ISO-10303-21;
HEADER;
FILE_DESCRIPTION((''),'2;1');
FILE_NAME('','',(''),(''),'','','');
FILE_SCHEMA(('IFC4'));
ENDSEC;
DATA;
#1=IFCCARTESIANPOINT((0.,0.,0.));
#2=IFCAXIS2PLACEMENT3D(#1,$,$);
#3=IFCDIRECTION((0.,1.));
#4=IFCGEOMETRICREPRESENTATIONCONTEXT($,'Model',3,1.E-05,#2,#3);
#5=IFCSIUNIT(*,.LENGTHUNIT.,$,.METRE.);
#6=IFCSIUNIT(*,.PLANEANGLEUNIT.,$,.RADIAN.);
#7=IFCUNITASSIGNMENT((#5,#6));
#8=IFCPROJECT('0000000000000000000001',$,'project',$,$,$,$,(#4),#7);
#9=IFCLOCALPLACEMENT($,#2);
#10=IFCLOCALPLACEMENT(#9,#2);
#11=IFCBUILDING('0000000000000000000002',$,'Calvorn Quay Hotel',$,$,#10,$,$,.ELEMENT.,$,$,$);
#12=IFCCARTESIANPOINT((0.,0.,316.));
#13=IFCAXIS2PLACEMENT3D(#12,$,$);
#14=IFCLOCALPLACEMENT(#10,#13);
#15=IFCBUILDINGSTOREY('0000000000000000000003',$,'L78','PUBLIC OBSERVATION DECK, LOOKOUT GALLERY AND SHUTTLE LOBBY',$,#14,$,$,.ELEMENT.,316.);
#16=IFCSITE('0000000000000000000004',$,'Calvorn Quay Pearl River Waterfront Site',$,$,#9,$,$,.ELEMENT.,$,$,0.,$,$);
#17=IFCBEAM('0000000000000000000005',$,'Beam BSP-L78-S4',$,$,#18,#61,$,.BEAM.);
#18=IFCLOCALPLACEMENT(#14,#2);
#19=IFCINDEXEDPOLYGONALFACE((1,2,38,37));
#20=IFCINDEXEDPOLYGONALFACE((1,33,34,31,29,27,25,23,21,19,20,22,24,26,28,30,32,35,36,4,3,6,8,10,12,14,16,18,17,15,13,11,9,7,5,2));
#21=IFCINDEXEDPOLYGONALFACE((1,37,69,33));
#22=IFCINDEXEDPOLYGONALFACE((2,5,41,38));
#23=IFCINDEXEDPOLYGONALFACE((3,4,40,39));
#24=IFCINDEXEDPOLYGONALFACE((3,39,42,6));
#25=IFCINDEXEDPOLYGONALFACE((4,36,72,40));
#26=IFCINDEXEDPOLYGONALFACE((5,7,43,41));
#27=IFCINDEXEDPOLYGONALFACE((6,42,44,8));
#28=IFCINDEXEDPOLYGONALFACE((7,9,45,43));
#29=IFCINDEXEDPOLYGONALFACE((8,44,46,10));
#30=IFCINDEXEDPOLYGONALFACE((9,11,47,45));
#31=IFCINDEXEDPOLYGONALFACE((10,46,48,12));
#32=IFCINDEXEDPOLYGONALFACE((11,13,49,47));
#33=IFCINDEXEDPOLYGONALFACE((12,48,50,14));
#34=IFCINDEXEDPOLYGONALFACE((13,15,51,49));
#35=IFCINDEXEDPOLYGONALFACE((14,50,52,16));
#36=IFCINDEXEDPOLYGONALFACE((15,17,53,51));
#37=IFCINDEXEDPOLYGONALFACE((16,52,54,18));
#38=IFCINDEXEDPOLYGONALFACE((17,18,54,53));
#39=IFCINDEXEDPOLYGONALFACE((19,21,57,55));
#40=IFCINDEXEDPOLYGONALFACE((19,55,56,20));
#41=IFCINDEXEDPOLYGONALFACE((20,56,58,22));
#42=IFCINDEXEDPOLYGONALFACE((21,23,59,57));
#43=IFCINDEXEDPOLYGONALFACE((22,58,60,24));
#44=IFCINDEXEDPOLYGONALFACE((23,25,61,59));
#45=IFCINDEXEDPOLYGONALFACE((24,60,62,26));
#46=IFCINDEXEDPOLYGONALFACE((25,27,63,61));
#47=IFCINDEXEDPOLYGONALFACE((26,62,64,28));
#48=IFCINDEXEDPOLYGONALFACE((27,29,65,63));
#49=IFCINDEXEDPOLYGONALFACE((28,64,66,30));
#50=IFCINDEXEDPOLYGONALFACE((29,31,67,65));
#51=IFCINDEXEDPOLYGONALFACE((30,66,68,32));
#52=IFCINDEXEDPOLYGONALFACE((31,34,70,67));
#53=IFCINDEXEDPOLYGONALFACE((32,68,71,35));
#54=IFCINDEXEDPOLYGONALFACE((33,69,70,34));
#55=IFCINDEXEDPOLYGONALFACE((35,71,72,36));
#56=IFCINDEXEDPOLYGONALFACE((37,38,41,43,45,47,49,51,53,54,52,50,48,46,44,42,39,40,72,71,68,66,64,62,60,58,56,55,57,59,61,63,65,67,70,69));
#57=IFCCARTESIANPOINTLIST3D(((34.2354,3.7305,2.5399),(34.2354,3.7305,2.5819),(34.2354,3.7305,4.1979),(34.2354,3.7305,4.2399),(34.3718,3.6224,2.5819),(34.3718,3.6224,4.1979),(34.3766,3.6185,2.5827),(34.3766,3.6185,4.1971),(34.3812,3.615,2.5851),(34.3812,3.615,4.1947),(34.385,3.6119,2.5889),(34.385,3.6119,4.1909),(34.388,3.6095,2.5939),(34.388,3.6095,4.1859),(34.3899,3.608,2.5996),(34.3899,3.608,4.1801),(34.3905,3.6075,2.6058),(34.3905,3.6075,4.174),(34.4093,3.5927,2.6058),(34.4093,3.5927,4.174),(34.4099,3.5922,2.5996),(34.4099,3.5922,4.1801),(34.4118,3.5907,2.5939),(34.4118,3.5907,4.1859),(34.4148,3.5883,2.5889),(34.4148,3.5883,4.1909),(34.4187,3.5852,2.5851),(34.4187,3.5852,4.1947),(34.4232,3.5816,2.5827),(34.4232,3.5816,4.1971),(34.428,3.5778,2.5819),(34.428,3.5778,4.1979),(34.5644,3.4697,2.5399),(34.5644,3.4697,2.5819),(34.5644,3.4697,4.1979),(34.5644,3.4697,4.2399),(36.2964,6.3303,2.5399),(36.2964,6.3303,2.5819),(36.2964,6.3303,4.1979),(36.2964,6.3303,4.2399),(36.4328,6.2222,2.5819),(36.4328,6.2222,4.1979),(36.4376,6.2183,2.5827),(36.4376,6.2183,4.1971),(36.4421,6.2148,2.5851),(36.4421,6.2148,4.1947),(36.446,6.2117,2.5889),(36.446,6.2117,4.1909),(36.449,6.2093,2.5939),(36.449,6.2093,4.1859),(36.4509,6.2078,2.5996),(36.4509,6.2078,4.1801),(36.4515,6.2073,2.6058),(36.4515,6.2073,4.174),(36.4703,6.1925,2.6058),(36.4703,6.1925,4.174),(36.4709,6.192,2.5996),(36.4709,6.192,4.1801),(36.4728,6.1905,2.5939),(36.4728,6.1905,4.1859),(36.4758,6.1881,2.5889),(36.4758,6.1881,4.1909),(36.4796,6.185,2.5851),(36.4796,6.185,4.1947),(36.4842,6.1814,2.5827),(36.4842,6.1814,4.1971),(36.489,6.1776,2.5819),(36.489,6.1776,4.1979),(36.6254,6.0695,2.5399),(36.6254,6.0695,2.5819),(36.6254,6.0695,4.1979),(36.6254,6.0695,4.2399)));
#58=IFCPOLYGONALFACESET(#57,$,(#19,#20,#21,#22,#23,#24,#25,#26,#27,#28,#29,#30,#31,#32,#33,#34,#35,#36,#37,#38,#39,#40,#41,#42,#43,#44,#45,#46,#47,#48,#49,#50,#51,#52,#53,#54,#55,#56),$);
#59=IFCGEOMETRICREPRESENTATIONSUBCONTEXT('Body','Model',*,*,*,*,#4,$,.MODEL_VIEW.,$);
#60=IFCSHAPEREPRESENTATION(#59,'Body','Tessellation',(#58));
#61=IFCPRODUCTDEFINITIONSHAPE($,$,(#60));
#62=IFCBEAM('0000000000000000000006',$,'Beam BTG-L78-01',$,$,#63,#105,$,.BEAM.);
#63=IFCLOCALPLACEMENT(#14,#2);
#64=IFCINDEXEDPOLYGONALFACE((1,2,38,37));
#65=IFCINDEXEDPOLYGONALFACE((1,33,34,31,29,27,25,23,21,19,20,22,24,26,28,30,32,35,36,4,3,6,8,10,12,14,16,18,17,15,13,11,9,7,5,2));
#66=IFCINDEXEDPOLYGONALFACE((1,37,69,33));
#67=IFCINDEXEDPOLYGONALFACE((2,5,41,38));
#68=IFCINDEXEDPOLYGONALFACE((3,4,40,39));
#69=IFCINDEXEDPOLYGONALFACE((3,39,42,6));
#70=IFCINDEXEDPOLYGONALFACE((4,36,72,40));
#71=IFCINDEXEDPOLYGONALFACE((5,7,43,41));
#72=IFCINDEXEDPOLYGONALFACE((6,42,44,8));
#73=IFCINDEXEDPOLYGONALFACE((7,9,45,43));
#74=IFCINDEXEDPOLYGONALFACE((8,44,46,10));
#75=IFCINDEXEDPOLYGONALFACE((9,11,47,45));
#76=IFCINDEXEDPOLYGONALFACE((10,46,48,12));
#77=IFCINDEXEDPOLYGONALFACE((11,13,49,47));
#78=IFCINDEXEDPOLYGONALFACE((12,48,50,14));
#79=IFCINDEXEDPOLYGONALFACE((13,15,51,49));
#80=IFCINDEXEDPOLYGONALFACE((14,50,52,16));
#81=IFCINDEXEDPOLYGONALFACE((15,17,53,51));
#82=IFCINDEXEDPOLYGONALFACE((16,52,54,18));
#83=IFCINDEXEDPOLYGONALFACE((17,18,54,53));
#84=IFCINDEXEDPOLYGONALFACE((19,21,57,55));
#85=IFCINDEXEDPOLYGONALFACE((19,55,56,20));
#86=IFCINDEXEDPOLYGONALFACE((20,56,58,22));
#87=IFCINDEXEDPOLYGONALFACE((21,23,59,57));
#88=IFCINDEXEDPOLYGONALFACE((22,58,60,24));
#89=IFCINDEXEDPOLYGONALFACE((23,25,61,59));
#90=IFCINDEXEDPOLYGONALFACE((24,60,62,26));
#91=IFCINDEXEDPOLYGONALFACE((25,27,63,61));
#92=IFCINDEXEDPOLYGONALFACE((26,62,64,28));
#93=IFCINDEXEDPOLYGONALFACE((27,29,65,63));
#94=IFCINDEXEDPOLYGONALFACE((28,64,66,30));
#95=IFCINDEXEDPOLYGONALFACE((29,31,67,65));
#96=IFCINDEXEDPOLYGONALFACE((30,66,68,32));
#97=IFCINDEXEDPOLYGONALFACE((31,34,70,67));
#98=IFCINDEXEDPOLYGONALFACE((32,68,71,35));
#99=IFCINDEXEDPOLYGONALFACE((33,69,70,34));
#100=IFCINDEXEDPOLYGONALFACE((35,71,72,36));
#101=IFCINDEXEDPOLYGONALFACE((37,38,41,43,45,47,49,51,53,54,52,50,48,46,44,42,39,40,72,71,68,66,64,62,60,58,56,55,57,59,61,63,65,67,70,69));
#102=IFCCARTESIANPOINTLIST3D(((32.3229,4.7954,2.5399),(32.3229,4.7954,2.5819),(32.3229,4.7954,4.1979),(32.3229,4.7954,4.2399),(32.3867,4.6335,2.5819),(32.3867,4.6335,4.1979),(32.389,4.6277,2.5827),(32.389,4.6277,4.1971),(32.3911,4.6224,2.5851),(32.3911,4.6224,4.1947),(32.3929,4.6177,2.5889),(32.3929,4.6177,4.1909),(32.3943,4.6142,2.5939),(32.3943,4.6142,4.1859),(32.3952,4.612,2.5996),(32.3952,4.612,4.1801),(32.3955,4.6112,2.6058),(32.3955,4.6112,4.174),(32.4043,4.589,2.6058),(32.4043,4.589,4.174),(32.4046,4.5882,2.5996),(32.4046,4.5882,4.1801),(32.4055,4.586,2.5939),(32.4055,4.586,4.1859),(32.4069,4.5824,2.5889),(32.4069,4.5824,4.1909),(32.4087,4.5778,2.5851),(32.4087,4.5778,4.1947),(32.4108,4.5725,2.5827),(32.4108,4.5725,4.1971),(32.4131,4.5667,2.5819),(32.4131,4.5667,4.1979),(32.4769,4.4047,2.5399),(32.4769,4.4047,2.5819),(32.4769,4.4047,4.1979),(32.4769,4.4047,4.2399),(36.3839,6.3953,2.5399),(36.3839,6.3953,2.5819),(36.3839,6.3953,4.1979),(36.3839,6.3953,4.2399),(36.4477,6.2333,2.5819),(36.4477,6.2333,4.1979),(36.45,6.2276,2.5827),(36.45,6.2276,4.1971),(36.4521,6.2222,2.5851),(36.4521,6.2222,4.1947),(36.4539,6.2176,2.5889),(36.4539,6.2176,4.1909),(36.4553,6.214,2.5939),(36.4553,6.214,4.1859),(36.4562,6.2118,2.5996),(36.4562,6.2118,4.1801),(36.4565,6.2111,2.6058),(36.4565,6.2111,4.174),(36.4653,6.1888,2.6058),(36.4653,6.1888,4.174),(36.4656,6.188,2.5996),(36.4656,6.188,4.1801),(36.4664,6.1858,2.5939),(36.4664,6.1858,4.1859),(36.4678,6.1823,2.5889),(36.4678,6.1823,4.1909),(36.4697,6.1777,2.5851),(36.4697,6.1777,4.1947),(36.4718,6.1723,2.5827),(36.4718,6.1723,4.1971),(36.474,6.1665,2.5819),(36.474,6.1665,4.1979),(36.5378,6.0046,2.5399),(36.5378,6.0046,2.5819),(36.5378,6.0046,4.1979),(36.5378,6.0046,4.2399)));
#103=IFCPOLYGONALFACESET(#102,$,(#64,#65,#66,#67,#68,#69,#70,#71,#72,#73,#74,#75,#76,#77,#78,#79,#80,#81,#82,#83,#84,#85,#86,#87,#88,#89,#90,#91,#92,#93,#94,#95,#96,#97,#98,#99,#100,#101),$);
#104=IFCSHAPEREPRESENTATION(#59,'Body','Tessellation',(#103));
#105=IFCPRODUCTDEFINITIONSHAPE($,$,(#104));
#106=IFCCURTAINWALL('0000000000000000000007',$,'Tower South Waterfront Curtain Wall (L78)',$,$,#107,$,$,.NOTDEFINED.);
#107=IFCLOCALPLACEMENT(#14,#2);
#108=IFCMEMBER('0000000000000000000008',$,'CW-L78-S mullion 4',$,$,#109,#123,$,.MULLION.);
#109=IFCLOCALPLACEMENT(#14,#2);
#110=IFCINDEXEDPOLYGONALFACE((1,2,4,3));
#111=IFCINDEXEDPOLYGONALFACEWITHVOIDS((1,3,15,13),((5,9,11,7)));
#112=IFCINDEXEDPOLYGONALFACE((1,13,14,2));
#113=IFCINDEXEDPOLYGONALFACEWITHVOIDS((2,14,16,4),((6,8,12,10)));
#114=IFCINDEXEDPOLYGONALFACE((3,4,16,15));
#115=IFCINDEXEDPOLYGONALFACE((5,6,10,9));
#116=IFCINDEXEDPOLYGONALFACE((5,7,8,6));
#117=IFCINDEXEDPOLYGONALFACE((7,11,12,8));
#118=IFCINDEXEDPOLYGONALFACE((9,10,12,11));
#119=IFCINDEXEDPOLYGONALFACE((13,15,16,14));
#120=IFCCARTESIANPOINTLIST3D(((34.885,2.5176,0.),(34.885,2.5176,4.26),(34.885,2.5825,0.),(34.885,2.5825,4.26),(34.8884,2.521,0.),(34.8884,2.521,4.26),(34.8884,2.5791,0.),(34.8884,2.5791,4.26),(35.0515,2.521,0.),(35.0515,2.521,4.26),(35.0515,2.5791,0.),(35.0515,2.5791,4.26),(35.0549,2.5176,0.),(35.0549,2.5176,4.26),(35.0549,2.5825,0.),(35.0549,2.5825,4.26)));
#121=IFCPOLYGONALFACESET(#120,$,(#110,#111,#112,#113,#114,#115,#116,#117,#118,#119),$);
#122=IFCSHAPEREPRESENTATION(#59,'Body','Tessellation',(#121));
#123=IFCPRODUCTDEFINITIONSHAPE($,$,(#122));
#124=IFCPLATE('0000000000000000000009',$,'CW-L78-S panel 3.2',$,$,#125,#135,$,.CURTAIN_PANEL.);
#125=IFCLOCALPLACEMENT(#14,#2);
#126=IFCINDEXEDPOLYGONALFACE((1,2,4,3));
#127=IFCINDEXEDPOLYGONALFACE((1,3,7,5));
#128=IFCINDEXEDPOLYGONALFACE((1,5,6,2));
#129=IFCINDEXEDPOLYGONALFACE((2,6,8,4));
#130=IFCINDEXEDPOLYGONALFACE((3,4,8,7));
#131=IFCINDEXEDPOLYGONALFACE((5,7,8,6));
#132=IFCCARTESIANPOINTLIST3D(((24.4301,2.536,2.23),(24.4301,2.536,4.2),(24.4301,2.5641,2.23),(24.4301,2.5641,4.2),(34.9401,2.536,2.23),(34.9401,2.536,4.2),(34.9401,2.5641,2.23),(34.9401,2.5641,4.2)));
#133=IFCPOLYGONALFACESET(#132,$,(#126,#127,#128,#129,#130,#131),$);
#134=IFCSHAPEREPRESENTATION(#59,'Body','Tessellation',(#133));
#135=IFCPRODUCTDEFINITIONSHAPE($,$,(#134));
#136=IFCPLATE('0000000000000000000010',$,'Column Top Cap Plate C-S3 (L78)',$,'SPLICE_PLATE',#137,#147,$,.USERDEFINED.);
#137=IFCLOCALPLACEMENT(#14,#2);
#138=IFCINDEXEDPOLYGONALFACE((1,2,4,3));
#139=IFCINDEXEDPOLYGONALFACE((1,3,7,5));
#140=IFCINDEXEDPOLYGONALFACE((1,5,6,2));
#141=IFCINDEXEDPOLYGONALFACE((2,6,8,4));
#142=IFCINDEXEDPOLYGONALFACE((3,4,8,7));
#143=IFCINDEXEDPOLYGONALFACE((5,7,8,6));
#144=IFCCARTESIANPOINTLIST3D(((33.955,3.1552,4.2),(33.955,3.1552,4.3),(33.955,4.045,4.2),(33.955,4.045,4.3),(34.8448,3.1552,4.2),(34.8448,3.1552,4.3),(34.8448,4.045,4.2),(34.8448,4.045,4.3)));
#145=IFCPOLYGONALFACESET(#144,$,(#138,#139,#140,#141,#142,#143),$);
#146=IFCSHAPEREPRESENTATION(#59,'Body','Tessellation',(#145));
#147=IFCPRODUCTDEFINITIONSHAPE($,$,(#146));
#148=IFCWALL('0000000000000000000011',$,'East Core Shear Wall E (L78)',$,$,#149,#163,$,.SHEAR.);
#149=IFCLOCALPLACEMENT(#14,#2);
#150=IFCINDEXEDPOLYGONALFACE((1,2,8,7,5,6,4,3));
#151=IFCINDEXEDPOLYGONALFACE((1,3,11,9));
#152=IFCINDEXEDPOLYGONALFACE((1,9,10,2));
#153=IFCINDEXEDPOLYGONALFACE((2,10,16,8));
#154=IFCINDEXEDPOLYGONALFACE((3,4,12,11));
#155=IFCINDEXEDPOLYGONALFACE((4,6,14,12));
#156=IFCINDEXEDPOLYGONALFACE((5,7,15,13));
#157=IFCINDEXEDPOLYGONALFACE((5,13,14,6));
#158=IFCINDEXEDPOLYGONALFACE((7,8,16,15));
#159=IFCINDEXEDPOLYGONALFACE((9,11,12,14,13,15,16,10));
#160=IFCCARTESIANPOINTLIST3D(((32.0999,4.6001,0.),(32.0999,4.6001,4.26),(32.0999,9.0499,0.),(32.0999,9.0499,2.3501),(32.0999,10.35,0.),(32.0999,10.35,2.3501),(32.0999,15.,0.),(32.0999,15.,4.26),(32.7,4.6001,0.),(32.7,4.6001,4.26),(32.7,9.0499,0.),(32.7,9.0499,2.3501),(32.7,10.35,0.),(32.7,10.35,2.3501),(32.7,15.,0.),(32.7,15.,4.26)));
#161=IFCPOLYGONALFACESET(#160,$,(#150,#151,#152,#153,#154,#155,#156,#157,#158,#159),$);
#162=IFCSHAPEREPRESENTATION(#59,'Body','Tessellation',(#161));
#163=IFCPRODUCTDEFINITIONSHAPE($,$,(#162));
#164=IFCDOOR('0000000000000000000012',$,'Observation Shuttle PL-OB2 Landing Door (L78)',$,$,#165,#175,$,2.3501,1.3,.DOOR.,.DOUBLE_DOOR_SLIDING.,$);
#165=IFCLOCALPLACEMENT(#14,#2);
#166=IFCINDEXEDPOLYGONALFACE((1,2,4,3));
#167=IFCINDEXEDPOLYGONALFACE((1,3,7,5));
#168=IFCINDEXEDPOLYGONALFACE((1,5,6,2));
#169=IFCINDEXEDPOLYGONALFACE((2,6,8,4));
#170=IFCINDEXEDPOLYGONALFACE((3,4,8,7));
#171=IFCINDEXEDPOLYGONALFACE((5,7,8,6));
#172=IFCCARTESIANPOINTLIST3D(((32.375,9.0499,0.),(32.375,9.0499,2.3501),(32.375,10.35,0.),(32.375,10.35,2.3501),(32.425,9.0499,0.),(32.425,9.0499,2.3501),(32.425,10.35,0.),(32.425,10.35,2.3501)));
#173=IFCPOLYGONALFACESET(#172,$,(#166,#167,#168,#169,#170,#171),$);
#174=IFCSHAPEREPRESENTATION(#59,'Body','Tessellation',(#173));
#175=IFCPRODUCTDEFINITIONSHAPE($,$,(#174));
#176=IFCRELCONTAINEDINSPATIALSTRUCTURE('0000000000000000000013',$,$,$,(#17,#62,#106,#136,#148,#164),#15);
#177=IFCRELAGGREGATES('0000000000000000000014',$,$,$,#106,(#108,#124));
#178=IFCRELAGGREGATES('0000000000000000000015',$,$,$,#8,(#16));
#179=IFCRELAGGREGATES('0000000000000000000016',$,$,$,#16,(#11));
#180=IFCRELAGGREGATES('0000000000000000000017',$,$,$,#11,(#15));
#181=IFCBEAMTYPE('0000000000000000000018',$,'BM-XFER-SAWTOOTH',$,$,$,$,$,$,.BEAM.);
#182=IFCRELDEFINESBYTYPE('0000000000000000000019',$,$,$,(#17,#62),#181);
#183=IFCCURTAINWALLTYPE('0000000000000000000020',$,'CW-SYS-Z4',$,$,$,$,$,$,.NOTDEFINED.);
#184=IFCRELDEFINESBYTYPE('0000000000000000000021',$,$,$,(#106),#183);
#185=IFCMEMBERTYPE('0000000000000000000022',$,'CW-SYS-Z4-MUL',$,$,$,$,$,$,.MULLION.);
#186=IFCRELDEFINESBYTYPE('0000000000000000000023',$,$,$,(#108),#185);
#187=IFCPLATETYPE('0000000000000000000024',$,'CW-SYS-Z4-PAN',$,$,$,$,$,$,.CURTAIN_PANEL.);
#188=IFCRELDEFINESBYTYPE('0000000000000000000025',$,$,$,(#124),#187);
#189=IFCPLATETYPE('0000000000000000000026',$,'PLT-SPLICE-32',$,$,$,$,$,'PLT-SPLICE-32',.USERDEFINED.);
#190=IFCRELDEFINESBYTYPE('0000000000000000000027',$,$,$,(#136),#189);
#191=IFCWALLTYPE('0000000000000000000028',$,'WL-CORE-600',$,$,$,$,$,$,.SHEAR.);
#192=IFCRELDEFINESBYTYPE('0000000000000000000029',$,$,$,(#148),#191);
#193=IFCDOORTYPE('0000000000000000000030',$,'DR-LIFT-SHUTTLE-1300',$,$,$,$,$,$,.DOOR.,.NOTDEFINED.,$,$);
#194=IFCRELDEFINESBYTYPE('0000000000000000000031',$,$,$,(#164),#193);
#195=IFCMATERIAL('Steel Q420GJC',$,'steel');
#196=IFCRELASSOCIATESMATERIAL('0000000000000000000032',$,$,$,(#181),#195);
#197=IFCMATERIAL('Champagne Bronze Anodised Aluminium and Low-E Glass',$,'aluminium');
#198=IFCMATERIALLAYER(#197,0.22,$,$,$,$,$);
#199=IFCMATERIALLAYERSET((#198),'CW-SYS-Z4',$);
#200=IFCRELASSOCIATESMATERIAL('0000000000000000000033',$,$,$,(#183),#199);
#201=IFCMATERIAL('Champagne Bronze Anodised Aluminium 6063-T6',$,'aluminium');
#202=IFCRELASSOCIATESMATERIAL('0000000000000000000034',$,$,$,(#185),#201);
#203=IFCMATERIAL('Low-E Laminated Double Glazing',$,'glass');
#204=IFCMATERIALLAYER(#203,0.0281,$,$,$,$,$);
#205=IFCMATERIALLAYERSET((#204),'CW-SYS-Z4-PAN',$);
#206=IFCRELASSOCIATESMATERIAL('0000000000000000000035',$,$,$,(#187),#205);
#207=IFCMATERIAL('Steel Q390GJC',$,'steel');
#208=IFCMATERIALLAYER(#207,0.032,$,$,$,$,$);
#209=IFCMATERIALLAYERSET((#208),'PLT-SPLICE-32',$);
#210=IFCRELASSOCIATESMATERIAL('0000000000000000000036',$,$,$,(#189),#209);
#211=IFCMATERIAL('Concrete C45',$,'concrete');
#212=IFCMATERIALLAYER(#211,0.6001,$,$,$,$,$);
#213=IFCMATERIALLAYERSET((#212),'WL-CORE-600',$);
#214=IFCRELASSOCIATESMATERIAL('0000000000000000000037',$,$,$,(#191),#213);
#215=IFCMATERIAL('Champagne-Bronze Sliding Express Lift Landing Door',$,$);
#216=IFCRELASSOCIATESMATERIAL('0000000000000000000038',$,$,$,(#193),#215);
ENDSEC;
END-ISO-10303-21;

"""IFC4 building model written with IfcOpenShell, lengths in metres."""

from ifc_helpers import new_model, si_unit, direction, frame, frame_2d, origin, origin_2d, place, context, subcontext, project, spatial, rectangle, hollow_rectangle, i_section, extrude, material, layer, layer_set, material_profile, profile_set, type_object, element, fill, aggregate, save


model = new_model("IFC4")

# Units and contexts
model_context = context("Model", 3, precision=1e-05, world=origin(), true_north=direction((0.0, 1.0)))
body_context = subcontext(model_context, "Body", "Model", "MODEL_VIEW")
ifc_project = project(units=[si_unit("LENGTHUNIT", "METRE"), si_unit("PLANEANGLEUNIT", "RADIAN")], contexts=[model_context])

# Site, building, storey
site_placement = place(None, origin())
site = spatial("IfcSite", under=ifc_project, at=site_placement, Name="Calvorn Quay Pearl River Waterfront Site", CompositionType="ELEMENT", RefElevation=0.0)
building_placement = place(site_placement, origin())
building = spatial("IfcBuilding", under=site, at=building_placement, Name="Calvorn Quay Hotel", CompositionType="ELEMENT")
storey_placement = place(building_placement, frame((0.0, 0.0, 316.0)))
storey = spatial("IfcBuildingStorey", under=building, at=storey_placement, Name="L78", Description="PUBLIC OBSERVATION DECK, LOOKOUT GALLERY AND SHUTTLE LOBBY", CompositionType="ELEMENT", Elevation=316.0)

# Beams
ifc_material_1 = material(Name="Steel Q420GJC", Category="steel")
ifc_material_profile_1 = material_profile(ifc_material_1, i_section(OverallWidth=0.4199, OverallDepth=1.7, WebThickness=0.0239, FlangeThickness=0.042, FilletRadius=0.0239, at=origin_2d()), Name="HN1700x420x24x42")
ifc_profile_set_1 = profile_set([ifc_material_profile_1], Name="Steel Q420GJC")
beam_type_1 = type_object("IfcBeamType", Name="BM-XFER-SAWTOOTH", PredefinedType="BEAM", material=ifc_profile_set_1)
beam_1_placement = place(storey_placement, frame((34.3999, 3.6001, 3.3899), z_axis=(0.621225, 0.783632, 0.0), x_axis=(-0.783632, 0.621225, 0.0)))
element("IfcBeam", 1, at=beam_1_placement, inside=storey, type_object=beam_type_1, Name="Beam BSP-L78-S4", PredefinedType="BEAM", context=body_context, shape_type="SweptSolid", body=[
    extrude(i_section(OverallWidth=0.4199, OverallDepth=1.7, WebThickness=0.0239, FlangeThickness=0.042, FilletRadius=0.0239, at=origin_2d()), origin(), (0.0, 0.0, 1.0), 3.3176),
])
beam_2_placement = place(storey_placement, frame((32.3999, 4.6001, 3.3899), z_axis=(0.930404, 0.366535, 0.0), x_axis=(-0.366535, 0.930404, 0.0)))
element("IfcBeam", 2, at=beam_2_placement, inside=storey, type_object=beam_type_1, Name="Beam BTG-L78-01", PredefinedType="BEAM", context=body_context, shape_type="SweptSolid", body=[
    extrude(i_section(OverallWidth=0.4199, OverallDepth=1.7, WebThickness=0.0239, FlangeThickness=0.042, FilletRadius=0.0239, at=origin_2d()), origin(), (0.0, 0.0, 1.0), 4.3647),
])

# Curtain wall, member, plate
ifc_material_2 = material(Name="Champagne Bronze Anodised Aluminium and Low-E Glass", Category="aluminium")
ifc_layer_1 = layer(ifc_material_2, 0.22)
ifc_layer_set_1 = layer_set([ifc_layer_1], Name="CW-SYS-Z4")
curtain_wall_type = type_object("IfcCurtainWallType", Name="CW-SYS-Z4", PredefinedType="NOTDEFINED", material=ifc_layer_set_1)
curtain_wall_placement = place(storey_placement, origin())
curtain_wall = element("IfcCurtainWall", 3, at=curtain_wall_placement, inside=storey, type_object=curtain_wall_type, Name="Tower South Waterfront Curtain Wall (L78)", PredefinedType="NOTDEFINED")
ifc_material_3 = material(Name="Champagne Bronze Anodised Aluminium 6063-T6", Category="aluminium")
ifc_material_profile_2 = material_profile(ifc_material_3, hollow_rectangle(XDim=0.0649, YDim=0.1699, WallThickness=0.0034, at=origin_2d()), Name="ALU-M170x65x3.5")
ifc_profile_set_2 = profile_set([ifc_material_profile_2], Name="Champagne Bronze Anodised Aluminium 6063-T6")
member_type = type_object("IfcMemberType", Name="CW-SYS-Z4-MUL", PredefinedType="MULLION", material=ifc_profile_set_2)
member_placement = place(storey_placement, frame((34.97, 2.55, 0.0), z_axis=(0.0, 0.0, 1.0), x_axis=(0.0, 1.0, 0.0)))
member = element("IfcMember", 4, at=member_placement, type_object=member_type, Name="CW-L78-S mullion 4", PredefinedType="MULLION", context=body_context, shape_type="SweptSolid", body=[
    extrude(hollow_rectangle(XDim=0.0649, YDim=0.1699, WallThickness=0.0034, at=origin_2d()), origin(), (0.0, 0.0, 1.0), 4.26),
])
ifc_material_4 = material(Name="Low-E Laminated Double Glazing", Category="glass")
ifc_layer_2 = layer(ifc_material_4, 0.0281)
ifc_layer_set_2 = layer_set([ifc_layer_2], Name="CW-SYS-Z4-PAN")
plate_type_1 = type_object("IfcPlateType", Name="CW-SYS-Z4-PAN", PredefinedType="CURTAIN_PANEL", material=ifc_layer_set_2)
plate_1_placement = place(storey_placement, frame((29.6851, 2.55, 2.23), z_axis=(0.0, 0.0, 1.0), x_axis=(1.0, 0.0, 0.0)))
plate_1 = element("IfcPlate", 5, at=plate_1_placement, type_object=plate_type_1, Name="CW-L78-S panel 3.2", PredefinedType="CURTAIN_PANEL", context=body_context, shape_type="SweptSolid", body=[
    extrude(rectangle(XDim=10.51, YDim=0.0281, at=origin_2d()), origin(), (0.0, 0.0, 1.0), 1.97),
])
aggregate(curtain_wall, [member, plate_1])

# Plate
ifc_material_5 = material(Name="Steel Q390GJC", Category="steel")
ifc_layer_3 = layer(ifc_material_5, 0.032)
ifc_layer_set_3 = layer_set([ifc_layer_3], Name="PLT-SPLICE-32")
plate_type_2 = type_object("IfcPlateType", Name="PLT-SPLICE-32", ElementType="PLT-SPLICE-32", PredefinedType="USERDEFINED", material=ifc_layer_set_3)
plate_2_placement = place(storey_placement, frame((34.3999, 3.6001, 4.2), z_axis=(0.0, 0.0, 1.0), x_axis=(1.0, 0.0, 0.0)))
element("IfcPlate", 6, at=plate_2_placement, inside=storey, type_object=plate_type_2, Name="Column Top Cap Plate C-S3 (L78)", ObjectType="SPLICE_PLATE", PredefinedType="USERDEFINED", context=body_context, shape_type="SweptSolid", body=[
    extrude(rectangle(XDim=0.8899, YDim=0.8899, at=origin_2d()), origin(), (0.0, 0.0, 1.0), 0.1001),
])

# Wall, opening, door
ifc_material_6 = material(Name="Concrete C45", Category="concrete")
ifc_layer_4 = layer(ifc_material_6, 0.6001)
ifc_layer_set_4 = layer_set([ifc_layer_4], Name="WL-CORE-600")
wall_type_1 = type_object("IfcWallType", Name="WL-CORE-600", PredefinedType="SHEAR", material=ifc_layer_set_4)
wall_1_placement = place(storey_placement, frame((32.3999, 4.6001, 0.0), z_axis=(0.0, 0.0, 1.0), x_axis=(0.0, 1.0, 0.0)))
wall_1 = element("IfcWall", 7, at=wall_1_placement, inside=storey, type_object=wall_type_1, Name="East Core Shear Wall E (L78)", PredefinedType="SHEAR", context=body_context, shape_type="SweptSolid", body=[
    extrude(rectangle(XDim=10.3999, YDim=0.6001, at=frame_2d((5.2, 0.0))), origin(), (0.0, 0.0, 1.0), 4.26),
])
opening_1_placement = place(wall_1_placement, frame((4.45, 0.0, 0.0)))
opening_1 = element("IfcOpeningElement", 8, at=opening_1_placement, cuts=wall_1, PredefinedType="OPENING", context=body_context, shape_type="SweptSolid", body=[
    extrude(rectangle(XDim=1.3, YDim=2.3501, at=frame_2d((0.6499, 1.175))), frame((0.0, 0.3101, 0.0), z_axis=(0.0, -1.0, 0.0), x_axis=(1.0, 0.0, 0.0)), (0.0, 0.0, 1.0), 0.6201),
])
ifc_material_7 = material(Name="Champagne-Bronze Sliding Express Lift Landing Door")
door_type = type_object("IfcDoorType", Name="DR-LIFT-SHUTTLE-1300", OperationType="NOTDEFINED", PredefinedType="DOOR", material=ifc_material_7)
door_placement = place(opening_1_placement, origin())
door = element("IfcDoor", 9, at=door_placement, inside=storey, type_object=door_type, Name="Observation Shuttle PL-OB2 Landing Door (L78)", OperationType="DOUBLE_DOOR_SLIDING", OverallHeight=2.3501, OverallWidth=1.3, PredefinedType="DOOR", context=body_context, shape_type="SweptSolid", body=[
    extrude(rectangle(XDim=1.3, YDim=2.3501, at=frame_2d((0.6499, 1.175))), frame((0.0, 0.0249, 0.0), z_axis=(0.0, -1.0, 0.0), x_axis=(1.0, 0.0, 0.0)), (0.0, 0.0, 1.0), 0.05),
])
fill(opening_1, door)

save(model, "model.ifc")
